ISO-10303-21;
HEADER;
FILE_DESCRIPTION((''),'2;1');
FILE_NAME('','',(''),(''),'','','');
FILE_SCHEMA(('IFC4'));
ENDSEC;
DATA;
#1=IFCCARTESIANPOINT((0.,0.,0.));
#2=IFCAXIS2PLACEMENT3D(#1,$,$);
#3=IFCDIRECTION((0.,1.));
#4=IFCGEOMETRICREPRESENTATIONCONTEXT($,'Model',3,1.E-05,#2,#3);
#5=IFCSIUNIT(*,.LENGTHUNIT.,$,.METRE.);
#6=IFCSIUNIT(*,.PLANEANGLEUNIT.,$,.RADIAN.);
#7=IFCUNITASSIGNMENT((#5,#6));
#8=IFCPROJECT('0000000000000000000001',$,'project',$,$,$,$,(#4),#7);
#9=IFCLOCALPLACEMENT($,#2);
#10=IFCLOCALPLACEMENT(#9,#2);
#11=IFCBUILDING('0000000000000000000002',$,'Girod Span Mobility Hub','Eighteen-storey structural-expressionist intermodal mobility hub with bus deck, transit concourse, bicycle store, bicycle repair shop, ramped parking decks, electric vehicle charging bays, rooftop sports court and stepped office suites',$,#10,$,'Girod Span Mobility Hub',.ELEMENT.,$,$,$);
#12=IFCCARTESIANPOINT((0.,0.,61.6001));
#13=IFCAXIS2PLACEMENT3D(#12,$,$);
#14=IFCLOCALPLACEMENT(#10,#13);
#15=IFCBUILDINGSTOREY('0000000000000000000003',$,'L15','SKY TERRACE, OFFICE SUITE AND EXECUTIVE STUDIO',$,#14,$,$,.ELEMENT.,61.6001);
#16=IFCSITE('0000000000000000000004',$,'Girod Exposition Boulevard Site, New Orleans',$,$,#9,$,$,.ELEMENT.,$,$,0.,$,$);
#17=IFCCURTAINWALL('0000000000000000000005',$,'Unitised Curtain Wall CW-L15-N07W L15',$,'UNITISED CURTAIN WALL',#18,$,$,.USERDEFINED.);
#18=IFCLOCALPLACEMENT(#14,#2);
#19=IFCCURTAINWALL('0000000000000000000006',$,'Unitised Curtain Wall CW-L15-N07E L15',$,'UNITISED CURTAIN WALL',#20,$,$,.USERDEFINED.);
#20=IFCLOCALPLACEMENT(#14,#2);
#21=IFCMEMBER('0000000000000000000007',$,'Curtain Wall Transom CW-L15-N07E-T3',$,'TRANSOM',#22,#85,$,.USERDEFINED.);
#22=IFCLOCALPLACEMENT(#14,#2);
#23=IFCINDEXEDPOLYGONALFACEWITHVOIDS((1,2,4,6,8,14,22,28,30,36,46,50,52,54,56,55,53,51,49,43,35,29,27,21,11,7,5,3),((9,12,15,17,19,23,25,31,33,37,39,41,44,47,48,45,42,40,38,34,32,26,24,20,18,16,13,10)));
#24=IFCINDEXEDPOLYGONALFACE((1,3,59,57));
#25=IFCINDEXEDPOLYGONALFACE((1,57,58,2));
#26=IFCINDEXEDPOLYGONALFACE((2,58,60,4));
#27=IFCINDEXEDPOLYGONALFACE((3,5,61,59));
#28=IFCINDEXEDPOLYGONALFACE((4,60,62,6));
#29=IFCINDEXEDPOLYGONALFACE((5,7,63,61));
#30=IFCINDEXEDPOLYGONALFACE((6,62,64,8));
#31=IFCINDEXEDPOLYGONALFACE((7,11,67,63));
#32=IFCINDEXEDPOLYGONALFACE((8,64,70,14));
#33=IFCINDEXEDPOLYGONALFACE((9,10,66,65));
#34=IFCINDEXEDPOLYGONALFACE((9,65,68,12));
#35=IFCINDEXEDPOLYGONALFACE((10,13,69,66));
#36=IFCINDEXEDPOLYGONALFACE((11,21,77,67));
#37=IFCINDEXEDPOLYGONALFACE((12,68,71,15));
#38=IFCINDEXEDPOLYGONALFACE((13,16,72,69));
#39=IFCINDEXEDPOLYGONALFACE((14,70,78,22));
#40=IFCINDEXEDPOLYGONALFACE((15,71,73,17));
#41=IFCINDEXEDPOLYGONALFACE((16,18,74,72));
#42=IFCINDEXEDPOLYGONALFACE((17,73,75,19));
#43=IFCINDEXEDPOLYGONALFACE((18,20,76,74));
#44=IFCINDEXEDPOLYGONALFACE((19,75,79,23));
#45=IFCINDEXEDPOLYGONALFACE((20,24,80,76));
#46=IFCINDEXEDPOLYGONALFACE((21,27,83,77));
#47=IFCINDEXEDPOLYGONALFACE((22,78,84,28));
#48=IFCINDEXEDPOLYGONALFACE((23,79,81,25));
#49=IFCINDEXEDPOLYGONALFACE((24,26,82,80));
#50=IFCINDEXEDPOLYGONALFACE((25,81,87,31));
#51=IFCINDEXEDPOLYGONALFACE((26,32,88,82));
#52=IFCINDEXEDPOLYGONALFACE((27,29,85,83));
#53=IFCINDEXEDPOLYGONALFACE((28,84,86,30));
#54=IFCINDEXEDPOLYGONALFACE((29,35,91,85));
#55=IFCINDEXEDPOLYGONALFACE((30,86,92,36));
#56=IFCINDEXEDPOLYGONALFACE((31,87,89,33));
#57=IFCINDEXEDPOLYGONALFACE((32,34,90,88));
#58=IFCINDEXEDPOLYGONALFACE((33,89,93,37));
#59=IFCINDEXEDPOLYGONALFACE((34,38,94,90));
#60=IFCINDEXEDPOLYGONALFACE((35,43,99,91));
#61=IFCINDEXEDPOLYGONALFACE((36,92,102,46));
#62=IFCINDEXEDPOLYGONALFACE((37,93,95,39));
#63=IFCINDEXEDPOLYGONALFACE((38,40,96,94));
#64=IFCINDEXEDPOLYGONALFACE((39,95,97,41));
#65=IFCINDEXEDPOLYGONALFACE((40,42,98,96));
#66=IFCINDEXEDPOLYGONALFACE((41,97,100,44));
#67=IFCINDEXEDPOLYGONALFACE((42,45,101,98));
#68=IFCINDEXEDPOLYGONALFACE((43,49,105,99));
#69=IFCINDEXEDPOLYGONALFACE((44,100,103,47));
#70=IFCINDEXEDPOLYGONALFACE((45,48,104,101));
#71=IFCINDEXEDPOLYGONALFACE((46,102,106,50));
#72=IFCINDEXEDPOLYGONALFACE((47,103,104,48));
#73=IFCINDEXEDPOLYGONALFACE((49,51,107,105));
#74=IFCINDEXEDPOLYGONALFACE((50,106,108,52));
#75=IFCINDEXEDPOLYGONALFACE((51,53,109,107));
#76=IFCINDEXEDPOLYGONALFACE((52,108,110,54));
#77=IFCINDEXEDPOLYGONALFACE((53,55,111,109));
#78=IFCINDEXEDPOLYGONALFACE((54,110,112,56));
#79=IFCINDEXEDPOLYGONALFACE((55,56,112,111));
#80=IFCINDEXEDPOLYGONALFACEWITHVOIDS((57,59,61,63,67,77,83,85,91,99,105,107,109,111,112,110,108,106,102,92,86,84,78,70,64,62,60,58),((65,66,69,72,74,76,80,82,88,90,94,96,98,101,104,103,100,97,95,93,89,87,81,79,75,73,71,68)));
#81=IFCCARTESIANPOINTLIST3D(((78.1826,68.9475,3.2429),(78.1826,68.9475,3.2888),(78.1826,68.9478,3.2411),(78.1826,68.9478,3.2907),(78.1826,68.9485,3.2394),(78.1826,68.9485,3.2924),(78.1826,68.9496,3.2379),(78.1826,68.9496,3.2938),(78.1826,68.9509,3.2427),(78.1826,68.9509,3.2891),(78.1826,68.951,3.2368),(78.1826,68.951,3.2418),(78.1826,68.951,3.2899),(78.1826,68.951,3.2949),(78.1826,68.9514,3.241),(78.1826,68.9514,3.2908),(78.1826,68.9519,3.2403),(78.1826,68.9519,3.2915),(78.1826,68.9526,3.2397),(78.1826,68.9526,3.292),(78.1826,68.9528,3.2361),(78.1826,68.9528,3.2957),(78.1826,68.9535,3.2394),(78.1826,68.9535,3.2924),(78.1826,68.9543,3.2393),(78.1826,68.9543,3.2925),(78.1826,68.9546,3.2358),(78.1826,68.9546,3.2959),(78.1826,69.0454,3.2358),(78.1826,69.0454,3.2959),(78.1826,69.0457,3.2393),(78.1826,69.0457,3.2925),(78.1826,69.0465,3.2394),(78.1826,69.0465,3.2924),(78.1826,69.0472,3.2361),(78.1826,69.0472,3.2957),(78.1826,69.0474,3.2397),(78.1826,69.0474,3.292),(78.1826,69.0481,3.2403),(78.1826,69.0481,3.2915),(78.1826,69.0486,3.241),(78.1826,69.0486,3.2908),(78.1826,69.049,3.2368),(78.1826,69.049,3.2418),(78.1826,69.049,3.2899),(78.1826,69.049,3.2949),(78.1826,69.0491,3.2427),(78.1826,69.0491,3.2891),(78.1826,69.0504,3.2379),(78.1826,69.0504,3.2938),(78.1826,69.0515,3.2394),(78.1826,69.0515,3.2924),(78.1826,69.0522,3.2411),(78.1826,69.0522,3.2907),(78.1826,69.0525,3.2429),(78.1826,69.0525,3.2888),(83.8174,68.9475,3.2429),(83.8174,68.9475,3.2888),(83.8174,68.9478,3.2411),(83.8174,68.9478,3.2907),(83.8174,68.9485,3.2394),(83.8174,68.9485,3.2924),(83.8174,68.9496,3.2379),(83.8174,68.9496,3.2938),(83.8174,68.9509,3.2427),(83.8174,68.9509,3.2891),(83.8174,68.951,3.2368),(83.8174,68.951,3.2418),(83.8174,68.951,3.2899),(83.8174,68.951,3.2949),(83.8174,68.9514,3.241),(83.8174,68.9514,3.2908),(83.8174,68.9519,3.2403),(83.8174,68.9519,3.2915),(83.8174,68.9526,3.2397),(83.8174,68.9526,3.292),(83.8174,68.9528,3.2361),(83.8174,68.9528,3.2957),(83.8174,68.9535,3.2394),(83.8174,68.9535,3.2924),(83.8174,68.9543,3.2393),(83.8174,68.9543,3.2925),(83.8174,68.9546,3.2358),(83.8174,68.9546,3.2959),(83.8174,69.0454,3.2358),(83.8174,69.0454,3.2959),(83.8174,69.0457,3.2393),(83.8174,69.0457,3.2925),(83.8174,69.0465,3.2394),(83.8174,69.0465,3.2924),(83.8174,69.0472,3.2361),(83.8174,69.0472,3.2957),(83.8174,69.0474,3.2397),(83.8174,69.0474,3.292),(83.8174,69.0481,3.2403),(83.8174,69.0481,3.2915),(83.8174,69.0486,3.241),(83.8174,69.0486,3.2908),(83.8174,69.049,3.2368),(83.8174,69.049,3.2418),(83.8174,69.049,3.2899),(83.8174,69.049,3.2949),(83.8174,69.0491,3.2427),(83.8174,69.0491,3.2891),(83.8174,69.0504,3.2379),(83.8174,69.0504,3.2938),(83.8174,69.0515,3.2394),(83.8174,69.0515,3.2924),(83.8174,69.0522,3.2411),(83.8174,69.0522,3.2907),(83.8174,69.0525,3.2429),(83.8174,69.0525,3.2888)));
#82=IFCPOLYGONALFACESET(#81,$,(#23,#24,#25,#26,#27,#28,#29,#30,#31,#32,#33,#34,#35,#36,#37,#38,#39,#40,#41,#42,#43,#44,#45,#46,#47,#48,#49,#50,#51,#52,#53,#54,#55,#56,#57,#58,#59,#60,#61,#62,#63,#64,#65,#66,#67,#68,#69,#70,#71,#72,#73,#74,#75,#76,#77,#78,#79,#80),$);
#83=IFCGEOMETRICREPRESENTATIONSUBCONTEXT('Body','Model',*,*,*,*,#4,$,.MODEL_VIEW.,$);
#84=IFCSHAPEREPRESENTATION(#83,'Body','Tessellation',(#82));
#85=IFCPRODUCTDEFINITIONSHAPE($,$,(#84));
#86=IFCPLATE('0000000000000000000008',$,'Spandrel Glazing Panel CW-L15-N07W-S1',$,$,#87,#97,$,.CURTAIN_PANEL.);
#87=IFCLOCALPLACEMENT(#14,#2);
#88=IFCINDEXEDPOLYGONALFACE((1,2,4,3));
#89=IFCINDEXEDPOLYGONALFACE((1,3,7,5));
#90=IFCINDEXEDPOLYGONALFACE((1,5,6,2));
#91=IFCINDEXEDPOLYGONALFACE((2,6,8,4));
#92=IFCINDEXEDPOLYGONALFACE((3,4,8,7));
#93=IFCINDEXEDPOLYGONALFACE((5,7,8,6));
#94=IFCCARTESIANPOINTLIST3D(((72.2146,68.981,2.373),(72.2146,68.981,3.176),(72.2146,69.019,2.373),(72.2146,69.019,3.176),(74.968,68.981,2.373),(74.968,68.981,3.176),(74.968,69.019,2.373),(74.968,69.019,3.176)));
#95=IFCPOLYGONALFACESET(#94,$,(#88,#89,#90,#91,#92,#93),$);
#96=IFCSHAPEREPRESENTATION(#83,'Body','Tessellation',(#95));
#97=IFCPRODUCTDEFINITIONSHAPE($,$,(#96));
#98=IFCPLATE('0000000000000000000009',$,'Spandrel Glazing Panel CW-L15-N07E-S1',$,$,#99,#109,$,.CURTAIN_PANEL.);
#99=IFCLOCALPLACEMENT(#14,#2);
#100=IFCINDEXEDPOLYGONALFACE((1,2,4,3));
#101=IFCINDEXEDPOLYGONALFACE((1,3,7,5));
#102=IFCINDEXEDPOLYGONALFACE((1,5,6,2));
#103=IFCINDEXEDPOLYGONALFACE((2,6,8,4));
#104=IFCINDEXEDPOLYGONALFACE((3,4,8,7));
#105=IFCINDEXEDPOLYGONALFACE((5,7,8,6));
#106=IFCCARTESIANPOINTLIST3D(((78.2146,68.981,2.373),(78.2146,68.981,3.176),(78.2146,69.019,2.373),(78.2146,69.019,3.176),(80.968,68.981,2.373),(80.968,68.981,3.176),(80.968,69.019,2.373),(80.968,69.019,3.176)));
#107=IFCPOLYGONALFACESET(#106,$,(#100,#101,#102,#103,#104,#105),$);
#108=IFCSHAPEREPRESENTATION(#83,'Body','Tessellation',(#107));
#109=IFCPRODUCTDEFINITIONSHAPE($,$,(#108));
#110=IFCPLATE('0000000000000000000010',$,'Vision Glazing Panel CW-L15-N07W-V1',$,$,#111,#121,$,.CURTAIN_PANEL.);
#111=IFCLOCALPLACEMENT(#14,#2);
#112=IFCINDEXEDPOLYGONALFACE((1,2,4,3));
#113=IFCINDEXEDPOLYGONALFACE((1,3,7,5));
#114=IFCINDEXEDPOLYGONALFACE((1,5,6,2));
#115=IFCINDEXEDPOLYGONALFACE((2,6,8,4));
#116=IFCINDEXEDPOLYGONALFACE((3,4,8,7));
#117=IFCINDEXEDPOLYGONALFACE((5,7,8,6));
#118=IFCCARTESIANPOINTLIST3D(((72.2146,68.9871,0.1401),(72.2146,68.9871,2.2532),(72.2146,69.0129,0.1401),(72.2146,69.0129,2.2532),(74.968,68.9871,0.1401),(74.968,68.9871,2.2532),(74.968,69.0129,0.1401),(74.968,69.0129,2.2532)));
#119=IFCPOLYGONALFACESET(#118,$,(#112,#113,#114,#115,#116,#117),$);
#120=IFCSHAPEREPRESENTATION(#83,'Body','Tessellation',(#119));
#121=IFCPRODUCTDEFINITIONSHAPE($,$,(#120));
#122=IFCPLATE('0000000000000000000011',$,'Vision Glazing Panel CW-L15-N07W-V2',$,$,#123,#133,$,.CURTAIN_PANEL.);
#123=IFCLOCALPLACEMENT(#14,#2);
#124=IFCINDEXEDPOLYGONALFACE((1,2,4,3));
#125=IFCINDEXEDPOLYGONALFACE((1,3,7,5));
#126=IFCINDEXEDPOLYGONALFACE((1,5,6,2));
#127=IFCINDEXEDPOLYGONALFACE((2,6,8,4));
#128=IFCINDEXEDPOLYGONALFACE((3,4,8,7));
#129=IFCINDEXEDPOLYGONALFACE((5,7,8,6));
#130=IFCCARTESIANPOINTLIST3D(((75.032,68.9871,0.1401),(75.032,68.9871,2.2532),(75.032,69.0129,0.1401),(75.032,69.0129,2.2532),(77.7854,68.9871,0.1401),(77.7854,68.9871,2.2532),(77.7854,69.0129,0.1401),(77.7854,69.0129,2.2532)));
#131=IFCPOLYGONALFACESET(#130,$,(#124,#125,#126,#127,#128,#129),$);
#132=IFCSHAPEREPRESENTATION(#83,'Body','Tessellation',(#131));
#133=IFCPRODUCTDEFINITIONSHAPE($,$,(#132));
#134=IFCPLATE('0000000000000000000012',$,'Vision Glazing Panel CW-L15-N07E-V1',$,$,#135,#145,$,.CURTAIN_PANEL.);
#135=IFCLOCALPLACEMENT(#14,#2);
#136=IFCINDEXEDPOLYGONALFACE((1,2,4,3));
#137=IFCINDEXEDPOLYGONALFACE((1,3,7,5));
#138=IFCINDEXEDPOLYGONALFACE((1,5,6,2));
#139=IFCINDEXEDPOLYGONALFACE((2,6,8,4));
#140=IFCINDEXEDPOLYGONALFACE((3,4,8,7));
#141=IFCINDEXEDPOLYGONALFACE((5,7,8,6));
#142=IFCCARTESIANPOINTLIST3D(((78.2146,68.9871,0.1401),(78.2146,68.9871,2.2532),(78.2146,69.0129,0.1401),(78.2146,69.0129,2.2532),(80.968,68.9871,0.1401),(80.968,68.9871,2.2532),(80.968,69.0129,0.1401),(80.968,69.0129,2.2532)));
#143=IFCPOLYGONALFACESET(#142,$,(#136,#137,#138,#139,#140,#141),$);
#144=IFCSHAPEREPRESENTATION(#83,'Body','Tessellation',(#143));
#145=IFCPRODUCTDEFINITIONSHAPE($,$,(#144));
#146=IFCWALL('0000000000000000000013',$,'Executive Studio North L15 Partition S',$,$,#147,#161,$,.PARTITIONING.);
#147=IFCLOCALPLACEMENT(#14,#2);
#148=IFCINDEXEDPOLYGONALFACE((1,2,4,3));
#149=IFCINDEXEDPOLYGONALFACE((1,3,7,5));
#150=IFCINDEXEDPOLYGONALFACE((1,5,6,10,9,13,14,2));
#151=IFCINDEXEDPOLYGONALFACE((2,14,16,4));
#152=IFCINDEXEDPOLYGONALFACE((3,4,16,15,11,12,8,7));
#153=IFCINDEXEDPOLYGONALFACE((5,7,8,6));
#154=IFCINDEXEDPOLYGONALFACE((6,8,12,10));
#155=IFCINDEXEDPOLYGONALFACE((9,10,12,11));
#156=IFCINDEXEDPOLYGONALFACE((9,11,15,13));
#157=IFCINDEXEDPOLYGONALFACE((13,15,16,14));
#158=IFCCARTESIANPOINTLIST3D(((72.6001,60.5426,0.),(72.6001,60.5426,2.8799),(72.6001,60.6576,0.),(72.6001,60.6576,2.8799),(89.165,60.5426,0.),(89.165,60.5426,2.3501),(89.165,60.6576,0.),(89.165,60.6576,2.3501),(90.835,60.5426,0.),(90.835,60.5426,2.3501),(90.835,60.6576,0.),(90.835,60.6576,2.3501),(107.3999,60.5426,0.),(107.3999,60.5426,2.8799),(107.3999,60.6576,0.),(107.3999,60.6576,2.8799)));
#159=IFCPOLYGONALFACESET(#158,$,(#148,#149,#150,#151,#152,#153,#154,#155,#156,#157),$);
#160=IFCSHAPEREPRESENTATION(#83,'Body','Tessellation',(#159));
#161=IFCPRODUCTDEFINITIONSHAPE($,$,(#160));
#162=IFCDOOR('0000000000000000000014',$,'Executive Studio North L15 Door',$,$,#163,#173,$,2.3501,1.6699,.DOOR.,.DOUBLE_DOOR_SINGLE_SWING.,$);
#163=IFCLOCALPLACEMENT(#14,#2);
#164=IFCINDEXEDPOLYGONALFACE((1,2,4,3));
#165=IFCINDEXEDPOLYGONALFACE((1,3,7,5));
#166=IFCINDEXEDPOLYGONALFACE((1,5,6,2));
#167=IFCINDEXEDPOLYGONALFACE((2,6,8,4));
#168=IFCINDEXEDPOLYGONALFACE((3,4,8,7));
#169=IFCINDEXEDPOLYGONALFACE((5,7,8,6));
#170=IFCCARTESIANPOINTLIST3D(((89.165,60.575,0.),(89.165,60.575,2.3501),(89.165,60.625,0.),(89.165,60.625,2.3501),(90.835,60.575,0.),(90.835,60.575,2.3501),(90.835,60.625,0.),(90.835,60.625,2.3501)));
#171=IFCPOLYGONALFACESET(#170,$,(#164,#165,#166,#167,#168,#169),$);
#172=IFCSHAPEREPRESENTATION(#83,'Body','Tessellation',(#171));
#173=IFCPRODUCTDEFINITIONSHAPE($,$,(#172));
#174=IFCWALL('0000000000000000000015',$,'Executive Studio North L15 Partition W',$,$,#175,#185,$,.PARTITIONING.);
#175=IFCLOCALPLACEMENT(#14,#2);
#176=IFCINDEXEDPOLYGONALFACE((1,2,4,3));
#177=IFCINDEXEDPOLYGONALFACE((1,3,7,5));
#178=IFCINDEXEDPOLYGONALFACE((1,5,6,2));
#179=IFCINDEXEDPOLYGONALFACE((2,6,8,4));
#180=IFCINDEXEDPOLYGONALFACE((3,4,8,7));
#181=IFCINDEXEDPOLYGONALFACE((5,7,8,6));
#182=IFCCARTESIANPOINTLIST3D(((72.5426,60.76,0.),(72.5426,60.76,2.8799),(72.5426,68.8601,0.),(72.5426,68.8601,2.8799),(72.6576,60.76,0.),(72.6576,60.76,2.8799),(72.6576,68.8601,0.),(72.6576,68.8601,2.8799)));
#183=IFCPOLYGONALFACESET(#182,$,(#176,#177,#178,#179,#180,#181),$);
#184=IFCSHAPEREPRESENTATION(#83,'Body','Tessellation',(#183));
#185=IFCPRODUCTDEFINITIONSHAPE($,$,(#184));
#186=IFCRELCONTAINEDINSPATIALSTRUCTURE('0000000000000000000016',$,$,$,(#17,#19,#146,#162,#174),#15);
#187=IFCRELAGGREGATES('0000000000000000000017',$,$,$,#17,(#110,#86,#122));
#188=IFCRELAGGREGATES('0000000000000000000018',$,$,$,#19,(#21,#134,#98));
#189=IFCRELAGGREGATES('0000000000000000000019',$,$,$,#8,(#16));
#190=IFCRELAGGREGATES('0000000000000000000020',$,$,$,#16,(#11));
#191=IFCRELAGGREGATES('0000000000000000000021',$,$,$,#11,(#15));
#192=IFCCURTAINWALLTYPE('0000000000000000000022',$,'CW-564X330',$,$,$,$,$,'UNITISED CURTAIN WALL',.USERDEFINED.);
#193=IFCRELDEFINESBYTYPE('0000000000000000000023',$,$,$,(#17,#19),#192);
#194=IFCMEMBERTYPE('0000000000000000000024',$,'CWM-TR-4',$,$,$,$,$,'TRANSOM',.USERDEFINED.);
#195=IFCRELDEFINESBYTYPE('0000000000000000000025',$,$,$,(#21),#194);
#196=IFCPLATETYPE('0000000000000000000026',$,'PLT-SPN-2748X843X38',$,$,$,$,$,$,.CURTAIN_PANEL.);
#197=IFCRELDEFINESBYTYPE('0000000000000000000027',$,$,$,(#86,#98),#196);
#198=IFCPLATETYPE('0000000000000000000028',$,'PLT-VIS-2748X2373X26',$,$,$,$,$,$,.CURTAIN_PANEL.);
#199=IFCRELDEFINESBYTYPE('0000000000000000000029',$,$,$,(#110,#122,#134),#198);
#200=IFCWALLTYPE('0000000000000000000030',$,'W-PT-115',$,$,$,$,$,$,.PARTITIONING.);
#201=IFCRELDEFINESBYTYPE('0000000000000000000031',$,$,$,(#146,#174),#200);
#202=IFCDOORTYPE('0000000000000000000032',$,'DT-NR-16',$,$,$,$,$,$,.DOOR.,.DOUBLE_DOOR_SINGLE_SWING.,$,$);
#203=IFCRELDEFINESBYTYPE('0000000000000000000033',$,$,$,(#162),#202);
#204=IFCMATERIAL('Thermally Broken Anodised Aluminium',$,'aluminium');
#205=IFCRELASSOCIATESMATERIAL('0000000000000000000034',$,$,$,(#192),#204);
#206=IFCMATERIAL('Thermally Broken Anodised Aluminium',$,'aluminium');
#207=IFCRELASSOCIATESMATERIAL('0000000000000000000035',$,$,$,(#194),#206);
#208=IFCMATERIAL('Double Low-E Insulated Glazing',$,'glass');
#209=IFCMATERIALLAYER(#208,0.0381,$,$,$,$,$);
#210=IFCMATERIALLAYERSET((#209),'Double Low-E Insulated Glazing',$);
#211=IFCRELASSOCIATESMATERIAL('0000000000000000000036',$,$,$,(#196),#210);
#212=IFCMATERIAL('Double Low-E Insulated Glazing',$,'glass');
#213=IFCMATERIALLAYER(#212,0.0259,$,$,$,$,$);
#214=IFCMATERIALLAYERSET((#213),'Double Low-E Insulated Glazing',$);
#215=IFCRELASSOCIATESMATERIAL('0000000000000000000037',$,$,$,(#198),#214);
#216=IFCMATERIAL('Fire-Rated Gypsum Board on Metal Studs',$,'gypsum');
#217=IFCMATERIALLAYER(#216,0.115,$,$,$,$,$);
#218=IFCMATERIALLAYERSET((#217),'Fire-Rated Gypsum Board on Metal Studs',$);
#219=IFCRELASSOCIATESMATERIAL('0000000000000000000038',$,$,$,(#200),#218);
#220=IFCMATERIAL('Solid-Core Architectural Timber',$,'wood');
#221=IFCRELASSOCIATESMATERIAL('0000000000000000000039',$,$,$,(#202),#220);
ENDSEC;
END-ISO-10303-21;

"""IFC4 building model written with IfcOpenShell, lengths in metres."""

from ifc_helpers import new_model, si_unit, direction, frame, frame_2d, origin, origin_2d, place, context, subcontext, project, spatial, rectangle, hollow_rectangle, extrude, material, layer, layer_set, material_profile, profile_set, type_object, element, fill, aggregate, save


model = new_model("IFC4")

# Units and contexts
model_context = context("Model", 3, precision=1e-05, world=origin(), true_north=direction((0.0, 1.0)))
body_context = subcontext(model_context, "Body", "Model", "MODEL_VIEW")
ifc_project = project(units=[si_unit("LENGTHUNIT", "METRE"), si_unit("PLANEANGLEUNIT", "RADIAN")], contexts=[model_context])

# Site, building, storey
site_placement = place(None, origin())
site = spatial("IfcSite", under=ifc_project, at=site_placement, Name="Girod Exposition Boulevard Site, New Orleans", CompositionType="ELEMENT", RefElevation=0.0)
building_placement = place(site_placement, origin())
building = spatial("IfcBuilding", under=site, at=building_placement, Name="Girod Span Mobility Hub", Description="Eighteen-storey structural-expressionist intermodal mobility hub with bus deck, transit concourse, bicycle store, bicycle repair shop, ramped parking decks, electric vehicle charging bays, rooftop sports court and stepped office suites", LongName="Girod Span Mobility Hub", CompositionType="ELEMENT")
storey_placement = place(building_placement, frame((0.0, 0.0, 61.6001)))
storey = spatial("IfcBuildingStorey", under=building, at=storey_placement, Name="L15", Description="SKY TERRACE, OFFICE SUITE AND EXECUTIVE STUDIO", CompositionType="ELEMENT", Elevation=61.6001)

# Curtain wall
ifc_material_1 = material(Name="Thermally Broken Anodised Aluminium", Category="aluminium")
curtain_wall_type = type_object("IfcCurtainWallType", Name="CW-564X330", ElementType="UNITISED CURTAIN WALL", PredefinedType="USERDEFINED", material=ifc_material_1)
curtain_wall_1_placement = place(storey_placement, origin())
curtain_wall_1 = element("IfcCurtainWall", 1, at=curtain_wall_1_placement, inside=storey, type_object=curtain_wall_type, Name="Unitised Curtain Wall CW-L15-N07W L15", ObjectType="UNITISED CURTAIN WALL", PredefinedType="USERDEFINED")

# Curtain wall
curtain_wall_2_placement = place(storey_placement, origin())
curtain_wall_2 = element("IfcCurtainWall", 2, at=curtain_wall_2_placement, inside=storey, type_object=curtain_wall_type, Name="Unitised Curtain Wall CW-L15-N07E L15", ObjectType="UNITISED CURTAIN WALL", PredefinedType="USERDEFINED")

# Member
ifc_material_2 = material(Name="Thermally Broken Anodised Aluminium", Category="aluminium")
ifc_material_profile_1 = material_profile(ifc_material_2, hollow_rectangle(XDim=0.105, YDim=0.0601, WallThickness=0.0034, InnerFilletRadius=0.0034, OuterFilletRadius=0.0071, at=origin_2d()), Name="CW-TR-60X105")
ifc_profile_set_1 = profile_set([ifc_material_profile_1], Name="Thermally Broken Anodised Aluminium")
member_type_1 = type_object("IfcMemberType", Name="CWM-TR-4", ElementType="TRANSOM", PredefinedType="USERDEFINED", material=ifc_profile_set_1)
member_1_placement = place(storey_placement, frame((78.1826, 69.0, 3.2659), z_axis=(1.0, 0.0, 0.0), x_axis=(0.0, 1.0, 0.0)))
member_1 = element("IfcMember", 3, at=member_1_placement, type_object=member_type_1, Name="Curtain Wall Transom CW-L15-N07E-T3", ObjectType="TRANSOM", PredefinedType="USERDEFINED", context=body_context, shape_type="SweptSolid", body=[
    extrude(hollow_rectangle(XDim=0.105, YDim=0.0601, WallThickness=0.0034, InnerFilletRadius=0.0034, OuterFilletRadius=0.0071, at=origin_2d()), origin(), (0.0, 0.0, 1.0), 5.6348),
])

# Plates
ifc_material_3 = material(Name="Double Low-E Insulated Glazing", Category="glass")
ifc_layer_1 = layer(ifc_material_3, 0.0381)
ifc_layer_set_1 = layer_set([ifc_layer_1], Name="Double Low-E Insulated Glazing")
plate_type_1 = type_object("IfcPlateType", Name="PLT-SPN-2748X843X38", PredefinedType="CURTAIN_PANEL", material=ifc_layer_set_1)
plate_1_placement = place(storey_placement, frame((73.5913, 69.0, 2.373), z_axis=(0.0, 0.0, 1.0), x_axis=(1.0, 0.0, 0.0)))
plate_1 = element("IfcPlate", 4, at=plate_1_placement, type_object=plate_type_1, Name="Spandrel Glazing Panel CW-L15-N07W-S1", PredefinedType="CURTAIN_PANEL", context=body_context, shape_type="SweptSolid", body=[
    extrude(rectangle(XDim=2.7534, YDim=0.0381, at=origin_2d()), origin(), (0.0, 0.0, 1.0), 0.803),
])
plate_2_placement = place(storey_placement, frame((79.5913, 69.0, 2.373), z_axis=(0.0, 0.0, 1.0), x_axis=(1.0, 0.0, 0.0)))
plate_2 = element("IfcPlate", 5, at=plate_2_placement, type_object=plate_type_1, Name="Spandrel Glazing Panel CW-L15-N07E-S1", PredefinedType="CURTAIN_PANEL", context=body_context, shape_type="SweptSolid", body=[
    extrude(rectangle(XDim=2.7534, YDim=0.0381, at=origin_2d()), origin(), (0.0, 0.0, 1.0), 0.803),
])
ifc_material_4 = material(Name="Double Low-E Insulated Glazing", Category="glass")
ifc_layer_2 = layer(ifc_material_4, 0.0259)
ifc_layer_set_2 = layer_set([ifc_layer_2], Name="Double Low-E Insulated Glazing")
plate_type_2 = type_object("IfcPlateType", Name="PLT-VIS-2748X2373X26", PredefinedType="CURTAIN_PANEL", material=ifc_layer_set_2)
plate_3_placement = place(storey_placement, frame((73.5913, 69.0, 0.1401), z_axis=(0.0, 0.0, 1.0), x_axis=(1.0, 0.0, 0.0)))
plate_3 = element("IfcPlate", 6, at=plate_3_placement, type_object=plate_type_2, Name="Vision Glazing Panel CW-L15-N07W-V1", PredefinedType="CURTAIN_PANEL", context=body_context, shape_type="SweptSolid", body=[
    extrude(rectangle(XDim=2.7534, YDim=0.0259, at=origin_2d()), origin(), (0.0, 0.0, 1.0), 2.113),
])
plate_4_placement = place(storey_placement, frame((76.4087, 69.0, 0.1401), z_axis=(0.0, 0.0, 1.0), x_axis=(1.0, 0.0, 0.0)))
plate_4 = element("IfcPlate", 7, at=plate_4_placement, type_object=plate_type_2, Name="Vision Glazing Panel CW-L15-N07W-V2", PredefinedType="CURTAIN_PANEL", context=body_context, shape_type="SweptSolid", body=[
    extrude(rectangle(XDim=2.7534, YDim=0.0259, at=origin_2d()), origin(), (0.0, 0.0, 1.0), 2.113),
])
aggregate(curtain_wall_1, [plate_3, plate_1, plate_4])
plate_5_placement = place(storey_placement, frame((79.5913, 69.0, 0.1401), z_axis=(0.0, 0.0, 1.0), x_axis=(1.0, 0.0, 0.0)))
plate_5 = element("IfcPlate", 8, at=plate_5_placement, type_object=plate_type_2, Name="Vision Glazing Panel CW-L15-N07E-V1", PredefinedType="CURTAIN_PANEL", context=body_context, shape_type="SweptSolid", body=[
    extrude(rectangle(XDim=2.7534, YDim=0.0259, at=origin_2d()), origin(), (0.0, 0.0, 1.0), 2.113),
])
aggregate(curtain_wall_2, [member_1, plate_5, plate_2])

# Wall, opening, door
ifc_material_5 = material(Name="Fire-Rated Gypsum Board on Metal Studs", Category="gypsum")
ifc_layer_3 = layer(ifc_material_5, 0.115)
ifc_layer_set_3 = layer_set([ifc_layer_3], Name="Fire-Rated Gypsum Board on Metal Studs")
wall_type = type_object("IfcWallType", Name="W-PT-115", PredefinedType="PARTITIONING", material=ifc_layer_set_3)
wall_1_placement = place(storey_placement, frame((72.6001, 60.6001, 0.0), z_axis=(0.0, 0.0, 1.0), x_axis=(1.0, 0.0, 0.0)))
wall_1 = element("IfcWall", 9, at=wall_1_placement, inside=storey, type_object=wall_type, Name="Executive Studio North L15 Partition S", PredefinedType="PARTITIONING", context=body_context, shape_type="SweptSolid", body=[
    extrude(rectangle(XDim=34.7998, YDim=0.115, at=frame_2d((17.3999, 0.0))), origin(), (0.0, 0.0, 1.0), 2.8799),
])
opening_placement = place(wall_1_placement, frame((16.5649, 0.0, 0.0)))
opening = element("IfcOpeningElement", 10, at=opening_placement, cuts=wall_1, PredefinedType="OPENING", context=body_context, shape_type="SweptSolid", body=[
    extrude(rectangle(XDim=1.6699, YDim=2.3501, at=frame_2d((0.835, 1.175))), frame((0.0, 0.0725, 0.0), z_axis=(0.0, -1.0, 0.0), x_axis=(1.0, 0.0, 0.0)), (0.0, 0.0, 1.0), 0.145),
])
ifc_material_6 = material(Name="Solid-Core Architectural Timber", Category="wood")
door_type = type_object("IfcDoorType", Name="DT-NR-16", OperationType="DOUBLE_DOOR_SINGLE_SWING", PredefinedType="DOOR", material=ifc_material_6)
door_placement = place(opening_placement, origin())
door = element("IfcDoor", 11, at=door_placement, inside=storey, type_object=door_type, Name="Executive Studio North L15 Door", OperationType="DOUBLE_DOOR_SINGLE_SWING", OverallHeight=2.3501, OverallWidth=1.6699, PredefinedType="DOOR", context=body_context, shape_type="SweptSolid", body=[
    extrude(rectangle(XDim=1.6699, YDim=2.3501, at=frame_2d((0.835, 1.175))), frame((0.0, 0.0249, 0.0), z_axis=(0.0, -1.0, 0.0), x_axis=(1.0, 0.0, 0.0)), (0.0, 0.0, 1.0), 0.05),
])
fill(opening, door)

# Wall
wall_2_placement = place(storey_placement, frame((72.6001, 60.76, 0.0), z_axis=(0.0, 0.0, 1.0), x_axis=(0.0, 1.0, 0.0)))
element("IfcWall", 12, at=wall_2_placement, inside=storey, type_object=wall_type, Name="Executive Studio North L15 Partition W", PredefinedType="PARTITIONING", context=body_context, shape_type="SweptSolid", body=[
    extrude(rectangle(XDim=8.1001, YDim=0.115, at=frame_2d((4.05, 0.0))), origin(), (0.0, 0.0, 1.0), 2.8799),
])

save(model, "model.ifc")
